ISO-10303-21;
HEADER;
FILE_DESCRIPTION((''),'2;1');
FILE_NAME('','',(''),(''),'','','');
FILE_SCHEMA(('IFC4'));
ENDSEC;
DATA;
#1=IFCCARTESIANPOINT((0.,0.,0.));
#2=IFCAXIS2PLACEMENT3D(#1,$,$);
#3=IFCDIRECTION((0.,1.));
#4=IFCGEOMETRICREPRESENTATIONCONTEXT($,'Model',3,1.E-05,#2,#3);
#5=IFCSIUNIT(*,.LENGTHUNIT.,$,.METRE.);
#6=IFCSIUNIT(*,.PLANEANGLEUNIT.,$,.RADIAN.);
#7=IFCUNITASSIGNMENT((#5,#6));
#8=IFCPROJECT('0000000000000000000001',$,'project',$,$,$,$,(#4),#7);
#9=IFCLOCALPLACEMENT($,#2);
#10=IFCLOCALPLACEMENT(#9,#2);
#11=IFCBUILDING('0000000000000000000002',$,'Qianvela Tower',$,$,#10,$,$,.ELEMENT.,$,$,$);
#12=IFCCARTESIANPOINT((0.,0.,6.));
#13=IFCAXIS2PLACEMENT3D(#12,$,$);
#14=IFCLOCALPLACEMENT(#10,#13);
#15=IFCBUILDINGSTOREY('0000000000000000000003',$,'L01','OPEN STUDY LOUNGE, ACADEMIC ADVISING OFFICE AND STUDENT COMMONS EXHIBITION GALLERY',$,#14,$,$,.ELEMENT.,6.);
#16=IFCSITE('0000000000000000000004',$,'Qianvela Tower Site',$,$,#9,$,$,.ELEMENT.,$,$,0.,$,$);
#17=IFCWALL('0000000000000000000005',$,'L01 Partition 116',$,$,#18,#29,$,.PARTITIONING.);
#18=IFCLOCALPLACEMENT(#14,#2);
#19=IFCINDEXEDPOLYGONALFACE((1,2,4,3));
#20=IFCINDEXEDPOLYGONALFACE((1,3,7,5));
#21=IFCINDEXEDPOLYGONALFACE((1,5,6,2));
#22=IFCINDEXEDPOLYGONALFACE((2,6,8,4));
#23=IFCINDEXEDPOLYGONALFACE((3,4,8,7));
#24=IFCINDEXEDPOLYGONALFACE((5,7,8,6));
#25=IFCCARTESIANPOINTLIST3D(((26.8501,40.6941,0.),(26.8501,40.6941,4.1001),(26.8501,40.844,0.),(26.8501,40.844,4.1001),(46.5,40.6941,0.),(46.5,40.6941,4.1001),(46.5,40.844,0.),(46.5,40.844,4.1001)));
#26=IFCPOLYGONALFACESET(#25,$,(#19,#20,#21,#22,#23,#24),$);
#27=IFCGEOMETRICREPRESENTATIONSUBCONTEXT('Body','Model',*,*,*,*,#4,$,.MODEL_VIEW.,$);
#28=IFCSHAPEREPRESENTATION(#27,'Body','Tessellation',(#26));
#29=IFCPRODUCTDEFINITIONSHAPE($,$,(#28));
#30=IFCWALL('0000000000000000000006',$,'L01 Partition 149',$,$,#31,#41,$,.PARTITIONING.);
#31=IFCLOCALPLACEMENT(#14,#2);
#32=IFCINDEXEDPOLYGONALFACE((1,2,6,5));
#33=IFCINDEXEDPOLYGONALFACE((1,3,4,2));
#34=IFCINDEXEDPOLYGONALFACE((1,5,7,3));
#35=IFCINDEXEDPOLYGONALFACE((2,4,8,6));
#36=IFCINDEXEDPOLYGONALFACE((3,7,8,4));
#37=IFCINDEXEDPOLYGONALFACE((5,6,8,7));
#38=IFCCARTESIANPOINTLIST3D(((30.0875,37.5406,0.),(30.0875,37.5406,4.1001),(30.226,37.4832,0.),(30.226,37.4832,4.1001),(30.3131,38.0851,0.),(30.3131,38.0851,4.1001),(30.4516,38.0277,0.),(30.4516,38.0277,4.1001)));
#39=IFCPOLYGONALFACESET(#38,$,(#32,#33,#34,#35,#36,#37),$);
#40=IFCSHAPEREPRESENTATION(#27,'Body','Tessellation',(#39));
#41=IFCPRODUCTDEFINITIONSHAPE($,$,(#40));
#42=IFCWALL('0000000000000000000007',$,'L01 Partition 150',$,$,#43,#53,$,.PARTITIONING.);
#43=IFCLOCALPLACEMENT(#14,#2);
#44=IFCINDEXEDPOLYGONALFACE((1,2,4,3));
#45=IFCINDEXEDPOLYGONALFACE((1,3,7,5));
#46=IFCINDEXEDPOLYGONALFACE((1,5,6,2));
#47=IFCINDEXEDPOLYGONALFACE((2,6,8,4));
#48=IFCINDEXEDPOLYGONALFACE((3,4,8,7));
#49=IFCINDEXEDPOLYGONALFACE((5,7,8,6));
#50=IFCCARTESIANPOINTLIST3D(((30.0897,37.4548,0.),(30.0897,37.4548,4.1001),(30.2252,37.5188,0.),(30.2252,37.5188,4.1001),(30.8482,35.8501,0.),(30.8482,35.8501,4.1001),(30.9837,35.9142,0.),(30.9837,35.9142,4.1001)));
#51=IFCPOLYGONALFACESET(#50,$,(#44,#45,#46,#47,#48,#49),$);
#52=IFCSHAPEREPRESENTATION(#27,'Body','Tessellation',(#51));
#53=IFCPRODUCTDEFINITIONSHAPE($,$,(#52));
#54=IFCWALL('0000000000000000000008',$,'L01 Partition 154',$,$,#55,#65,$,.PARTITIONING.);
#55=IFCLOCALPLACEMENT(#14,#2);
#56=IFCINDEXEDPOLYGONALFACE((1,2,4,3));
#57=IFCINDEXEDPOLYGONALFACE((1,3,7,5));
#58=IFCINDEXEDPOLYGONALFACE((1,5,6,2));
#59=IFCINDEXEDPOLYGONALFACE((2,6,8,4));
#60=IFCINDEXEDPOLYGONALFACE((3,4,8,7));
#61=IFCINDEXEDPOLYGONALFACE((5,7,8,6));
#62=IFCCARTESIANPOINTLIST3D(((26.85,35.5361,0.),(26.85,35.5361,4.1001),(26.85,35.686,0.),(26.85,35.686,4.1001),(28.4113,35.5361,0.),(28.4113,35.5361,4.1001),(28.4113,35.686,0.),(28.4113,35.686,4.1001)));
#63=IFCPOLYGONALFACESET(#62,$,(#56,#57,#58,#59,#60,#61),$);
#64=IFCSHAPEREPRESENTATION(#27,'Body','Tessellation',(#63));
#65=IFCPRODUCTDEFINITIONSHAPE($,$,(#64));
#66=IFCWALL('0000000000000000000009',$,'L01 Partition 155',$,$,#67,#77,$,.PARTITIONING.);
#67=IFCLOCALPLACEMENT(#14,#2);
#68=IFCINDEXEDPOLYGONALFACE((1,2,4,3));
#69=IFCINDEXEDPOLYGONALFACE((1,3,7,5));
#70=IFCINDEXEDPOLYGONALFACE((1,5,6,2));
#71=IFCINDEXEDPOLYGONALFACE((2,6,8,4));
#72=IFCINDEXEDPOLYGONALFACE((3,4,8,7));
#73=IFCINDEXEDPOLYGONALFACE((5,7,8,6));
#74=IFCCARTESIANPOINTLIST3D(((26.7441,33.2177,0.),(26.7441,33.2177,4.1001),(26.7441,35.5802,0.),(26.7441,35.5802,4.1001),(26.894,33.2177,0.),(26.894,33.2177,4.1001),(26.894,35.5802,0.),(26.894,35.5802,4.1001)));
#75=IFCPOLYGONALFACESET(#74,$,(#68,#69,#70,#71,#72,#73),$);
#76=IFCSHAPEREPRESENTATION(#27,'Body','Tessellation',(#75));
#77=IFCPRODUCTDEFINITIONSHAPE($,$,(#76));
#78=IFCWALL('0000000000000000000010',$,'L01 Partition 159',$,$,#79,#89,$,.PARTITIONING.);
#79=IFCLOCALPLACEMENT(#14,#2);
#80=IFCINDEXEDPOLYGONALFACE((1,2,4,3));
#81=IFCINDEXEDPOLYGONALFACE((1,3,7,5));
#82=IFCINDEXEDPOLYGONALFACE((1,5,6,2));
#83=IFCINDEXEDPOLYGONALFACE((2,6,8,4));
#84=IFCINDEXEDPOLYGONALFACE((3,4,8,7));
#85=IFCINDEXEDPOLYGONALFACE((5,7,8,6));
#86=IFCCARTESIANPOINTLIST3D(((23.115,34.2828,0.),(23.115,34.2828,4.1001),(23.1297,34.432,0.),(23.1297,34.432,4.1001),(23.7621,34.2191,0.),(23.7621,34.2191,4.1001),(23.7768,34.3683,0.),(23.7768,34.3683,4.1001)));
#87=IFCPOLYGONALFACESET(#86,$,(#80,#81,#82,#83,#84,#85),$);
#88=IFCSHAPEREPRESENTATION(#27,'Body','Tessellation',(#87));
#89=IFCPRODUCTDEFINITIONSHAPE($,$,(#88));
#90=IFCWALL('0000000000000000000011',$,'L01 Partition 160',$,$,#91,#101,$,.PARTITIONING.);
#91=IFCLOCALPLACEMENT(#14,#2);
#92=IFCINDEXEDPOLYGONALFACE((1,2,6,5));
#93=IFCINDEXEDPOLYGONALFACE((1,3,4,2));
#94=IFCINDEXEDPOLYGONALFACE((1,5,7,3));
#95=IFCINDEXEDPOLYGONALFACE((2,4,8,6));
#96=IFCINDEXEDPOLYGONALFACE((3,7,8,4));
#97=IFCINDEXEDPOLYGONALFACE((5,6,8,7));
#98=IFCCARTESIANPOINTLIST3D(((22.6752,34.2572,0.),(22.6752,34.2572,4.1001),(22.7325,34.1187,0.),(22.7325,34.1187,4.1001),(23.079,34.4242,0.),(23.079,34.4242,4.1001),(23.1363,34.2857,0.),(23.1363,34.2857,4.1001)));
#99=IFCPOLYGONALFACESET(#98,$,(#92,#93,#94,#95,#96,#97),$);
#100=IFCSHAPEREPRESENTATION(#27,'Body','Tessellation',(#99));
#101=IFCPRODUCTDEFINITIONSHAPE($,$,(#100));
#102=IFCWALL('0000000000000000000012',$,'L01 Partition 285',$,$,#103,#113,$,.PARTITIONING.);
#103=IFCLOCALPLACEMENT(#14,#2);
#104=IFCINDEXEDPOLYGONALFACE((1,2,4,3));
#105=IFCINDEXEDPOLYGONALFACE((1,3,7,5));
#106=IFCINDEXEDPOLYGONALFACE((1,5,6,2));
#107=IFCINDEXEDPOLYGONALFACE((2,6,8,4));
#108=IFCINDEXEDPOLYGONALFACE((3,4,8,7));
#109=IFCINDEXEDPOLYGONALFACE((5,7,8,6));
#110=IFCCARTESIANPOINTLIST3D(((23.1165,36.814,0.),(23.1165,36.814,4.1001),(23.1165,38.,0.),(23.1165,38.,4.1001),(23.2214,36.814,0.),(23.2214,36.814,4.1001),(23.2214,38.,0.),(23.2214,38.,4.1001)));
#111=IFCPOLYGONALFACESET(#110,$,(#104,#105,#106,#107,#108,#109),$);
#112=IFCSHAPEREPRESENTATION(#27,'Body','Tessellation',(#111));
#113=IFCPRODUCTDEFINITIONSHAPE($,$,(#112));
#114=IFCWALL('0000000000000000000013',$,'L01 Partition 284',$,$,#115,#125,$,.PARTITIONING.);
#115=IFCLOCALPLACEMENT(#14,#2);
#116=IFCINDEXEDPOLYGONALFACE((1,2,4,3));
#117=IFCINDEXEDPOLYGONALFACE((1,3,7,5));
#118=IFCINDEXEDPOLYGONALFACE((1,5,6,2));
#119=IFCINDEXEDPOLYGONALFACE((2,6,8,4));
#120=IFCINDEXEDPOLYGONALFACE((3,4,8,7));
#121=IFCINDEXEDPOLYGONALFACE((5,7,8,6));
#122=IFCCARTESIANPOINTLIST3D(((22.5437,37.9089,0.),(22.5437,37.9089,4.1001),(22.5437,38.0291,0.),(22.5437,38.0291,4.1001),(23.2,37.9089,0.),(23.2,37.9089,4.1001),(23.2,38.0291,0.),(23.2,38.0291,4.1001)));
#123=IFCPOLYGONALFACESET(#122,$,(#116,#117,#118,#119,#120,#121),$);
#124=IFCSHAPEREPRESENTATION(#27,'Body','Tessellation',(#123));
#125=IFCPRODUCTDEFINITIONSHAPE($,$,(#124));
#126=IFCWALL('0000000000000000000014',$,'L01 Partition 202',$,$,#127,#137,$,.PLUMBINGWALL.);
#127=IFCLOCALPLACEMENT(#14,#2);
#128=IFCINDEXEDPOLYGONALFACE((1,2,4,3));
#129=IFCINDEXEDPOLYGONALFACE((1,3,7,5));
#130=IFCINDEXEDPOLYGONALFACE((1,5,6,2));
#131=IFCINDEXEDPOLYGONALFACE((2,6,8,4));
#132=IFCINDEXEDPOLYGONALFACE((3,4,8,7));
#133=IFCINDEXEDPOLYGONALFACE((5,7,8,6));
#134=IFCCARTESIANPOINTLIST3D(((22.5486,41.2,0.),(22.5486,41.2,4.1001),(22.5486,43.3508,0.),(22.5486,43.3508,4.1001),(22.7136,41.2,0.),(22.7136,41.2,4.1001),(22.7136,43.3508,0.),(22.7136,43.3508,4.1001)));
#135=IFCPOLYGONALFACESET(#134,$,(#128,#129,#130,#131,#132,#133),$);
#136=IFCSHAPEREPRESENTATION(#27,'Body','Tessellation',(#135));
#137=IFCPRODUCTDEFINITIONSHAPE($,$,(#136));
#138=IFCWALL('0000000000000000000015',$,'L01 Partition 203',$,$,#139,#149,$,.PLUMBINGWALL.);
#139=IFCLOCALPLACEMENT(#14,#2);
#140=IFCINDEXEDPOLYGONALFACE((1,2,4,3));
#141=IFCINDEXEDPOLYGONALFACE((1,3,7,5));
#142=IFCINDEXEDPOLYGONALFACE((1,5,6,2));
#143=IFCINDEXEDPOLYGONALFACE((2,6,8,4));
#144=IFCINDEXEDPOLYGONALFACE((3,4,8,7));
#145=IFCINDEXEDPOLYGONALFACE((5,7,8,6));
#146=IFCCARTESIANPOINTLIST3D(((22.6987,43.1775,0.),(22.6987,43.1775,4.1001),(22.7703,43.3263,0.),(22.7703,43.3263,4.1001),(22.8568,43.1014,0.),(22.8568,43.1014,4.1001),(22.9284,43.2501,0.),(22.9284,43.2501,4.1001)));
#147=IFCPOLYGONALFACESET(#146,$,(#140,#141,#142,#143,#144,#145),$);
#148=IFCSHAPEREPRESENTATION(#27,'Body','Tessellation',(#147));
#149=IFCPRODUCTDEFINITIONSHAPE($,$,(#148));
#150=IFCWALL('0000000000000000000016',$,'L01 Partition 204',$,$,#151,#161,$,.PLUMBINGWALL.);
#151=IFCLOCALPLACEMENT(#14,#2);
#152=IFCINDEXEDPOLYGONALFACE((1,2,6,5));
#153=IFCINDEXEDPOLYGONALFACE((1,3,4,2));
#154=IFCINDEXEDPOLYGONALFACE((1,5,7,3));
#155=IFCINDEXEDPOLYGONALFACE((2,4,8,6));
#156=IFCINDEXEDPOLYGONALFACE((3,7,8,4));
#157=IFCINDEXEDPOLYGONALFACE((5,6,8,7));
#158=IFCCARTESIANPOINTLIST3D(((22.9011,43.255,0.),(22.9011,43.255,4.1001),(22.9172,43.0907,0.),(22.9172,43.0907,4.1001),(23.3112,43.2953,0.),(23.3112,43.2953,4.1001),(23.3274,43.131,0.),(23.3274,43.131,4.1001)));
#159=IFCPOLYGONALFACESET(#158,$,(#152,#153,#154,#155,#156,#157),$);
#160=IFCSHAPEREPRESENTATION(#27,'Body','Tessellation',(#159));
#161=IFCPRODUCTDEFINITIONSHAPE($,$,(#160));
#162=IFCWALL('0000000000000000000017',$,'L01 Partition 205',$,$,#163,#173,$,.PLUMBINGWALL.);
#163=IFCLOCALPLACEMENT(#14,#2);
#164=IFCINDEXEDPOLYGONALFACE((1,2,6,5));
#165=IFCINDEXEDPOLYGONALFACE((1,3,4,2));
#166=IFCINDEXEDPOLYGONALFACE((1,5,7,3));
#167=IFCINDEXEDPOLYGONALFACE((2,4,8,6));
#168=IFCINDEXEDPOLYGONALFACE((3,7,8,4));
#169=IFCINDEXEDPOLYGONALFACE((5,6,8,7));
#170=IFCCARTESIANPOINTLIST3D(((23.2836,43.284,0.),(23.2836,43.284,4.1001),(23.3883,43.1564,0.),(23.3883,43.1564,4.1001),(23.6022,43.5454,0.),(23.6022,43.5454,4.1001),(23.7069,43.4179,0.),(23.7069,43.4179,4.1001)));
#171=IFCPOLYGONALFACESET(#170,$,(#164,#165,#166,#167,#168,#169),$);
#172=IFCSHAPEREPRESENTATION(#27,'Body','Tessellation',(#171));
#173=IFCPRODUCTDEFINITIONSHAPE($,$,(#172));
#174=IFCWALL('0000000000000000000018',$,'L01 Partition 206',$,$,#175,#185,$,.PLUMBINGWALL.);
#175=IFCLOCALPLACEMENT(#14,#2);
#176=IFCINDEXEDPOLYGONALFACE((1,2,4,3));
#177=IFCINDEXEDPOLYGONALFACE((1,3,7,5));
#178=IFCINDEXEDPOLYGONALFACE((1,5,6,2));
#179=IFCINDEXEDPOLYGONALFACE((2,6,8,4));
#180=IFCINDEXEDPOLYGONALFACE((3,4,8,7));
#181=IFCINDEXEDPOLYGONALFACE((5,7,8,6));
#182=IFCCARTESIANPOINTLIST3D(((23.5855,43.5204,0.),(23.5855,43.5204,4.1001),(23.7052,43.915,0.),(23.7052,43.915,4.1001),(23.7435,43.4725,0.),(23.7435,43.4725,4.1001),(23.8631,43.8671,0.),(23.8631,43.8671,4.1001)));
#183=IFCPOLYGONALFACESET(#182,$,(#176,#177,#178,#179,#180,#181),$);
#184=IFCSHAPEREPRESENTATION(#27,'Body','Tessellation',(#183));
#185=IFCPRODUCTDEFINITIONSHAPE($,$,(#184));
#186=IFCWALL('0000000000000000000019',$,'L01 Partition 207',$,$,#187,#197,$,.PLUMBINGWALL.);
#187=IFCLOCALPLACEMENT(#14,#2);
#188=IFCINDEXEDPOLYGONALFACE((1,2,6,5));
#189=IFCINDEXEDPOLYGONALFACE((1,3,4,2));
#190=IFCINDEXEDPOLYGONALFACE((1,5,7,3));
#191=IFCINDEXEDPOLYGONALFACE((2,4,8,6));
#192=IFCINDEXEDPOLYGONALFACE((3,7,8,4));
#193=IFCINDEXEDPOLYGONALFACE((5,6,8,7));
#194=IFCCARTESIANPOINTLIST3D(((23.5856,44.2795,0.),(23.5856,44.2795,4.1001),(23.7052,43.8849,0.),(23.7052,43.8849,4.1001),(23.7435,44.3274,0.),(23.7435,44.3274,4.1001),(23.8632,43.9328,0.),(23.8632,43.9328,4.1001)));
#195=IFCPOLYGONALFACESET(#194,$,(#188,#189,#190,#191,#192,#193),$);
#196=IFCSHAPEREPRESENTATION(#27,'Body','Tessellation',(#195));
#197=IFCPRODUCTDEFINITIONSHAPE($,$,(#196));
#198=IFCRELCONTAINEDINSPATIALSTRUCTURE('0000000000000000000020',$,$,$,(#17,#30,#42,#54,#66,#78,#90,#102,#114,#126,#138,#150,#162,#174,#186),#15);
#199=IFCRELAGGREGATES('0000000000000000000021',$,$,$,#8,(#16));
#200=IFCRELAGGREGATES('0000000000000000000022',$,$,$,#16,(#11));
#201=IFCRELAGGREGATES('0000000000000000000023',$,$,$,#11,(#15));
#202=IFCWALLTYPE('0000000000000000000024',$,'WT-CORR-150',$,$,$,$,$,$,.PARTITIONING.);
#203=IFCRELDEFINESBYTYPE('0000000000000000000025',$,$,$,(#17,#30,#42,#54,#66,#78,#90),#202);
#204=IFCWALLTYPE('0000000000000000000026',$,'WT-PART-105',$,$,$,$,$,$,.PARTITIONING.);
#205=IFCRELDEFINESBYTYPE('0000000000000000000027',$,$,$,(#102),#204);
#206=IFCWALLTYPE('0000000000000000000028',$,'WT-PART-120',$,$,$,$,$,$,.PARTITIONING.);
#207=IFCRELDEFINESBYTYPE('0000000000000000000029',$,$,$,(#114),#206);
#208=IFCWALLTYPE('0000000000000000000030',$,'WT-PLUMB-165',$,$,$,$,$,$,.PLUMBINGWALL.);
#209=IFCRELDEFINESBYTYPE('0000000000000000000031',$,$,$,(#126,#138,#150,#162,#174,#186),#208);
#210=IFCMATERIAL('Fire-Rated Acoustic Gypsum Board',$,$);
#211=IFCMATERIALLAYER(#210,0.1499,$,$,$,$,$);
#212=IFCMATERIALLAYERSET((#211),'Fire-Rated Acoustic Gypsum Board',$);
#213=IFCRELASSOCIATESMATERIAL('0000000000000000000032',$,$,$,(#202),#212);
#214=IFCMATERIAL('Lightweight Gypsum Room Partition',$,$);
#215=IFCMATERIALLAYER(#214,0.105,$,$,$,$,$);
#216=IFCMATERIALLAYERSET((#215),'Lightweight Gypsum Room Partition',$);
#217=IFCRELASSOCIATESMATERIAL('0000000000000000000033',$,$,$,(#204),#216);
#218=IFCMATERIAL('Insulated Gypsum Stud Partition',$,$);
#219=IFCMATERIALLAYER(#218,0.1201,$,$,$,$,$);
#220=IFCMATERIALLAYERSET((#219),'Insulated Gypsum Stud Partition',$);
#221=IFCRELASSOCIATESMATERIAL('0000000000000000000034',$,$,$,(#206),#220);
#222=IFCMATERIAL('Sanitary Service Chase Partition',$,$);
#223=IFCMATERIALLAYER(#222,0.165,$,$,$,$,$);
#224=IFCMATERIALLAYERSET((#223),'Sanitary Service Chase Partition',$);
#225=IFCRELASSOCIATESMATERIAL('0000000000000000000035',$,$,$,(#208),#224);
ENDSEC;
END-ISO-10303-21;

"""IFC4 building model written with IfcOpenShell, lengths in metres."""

from ifc_helpers import new_model, si_unit, direction, frame, frame_2d, origin, place, context, subcontext, project, spatial, rectangle, extrude, material, layer, layer_set, type_object, element, save


model = new_model("IFC4")

# Units and contexts
model_context = context("Model", 3, precision=1e-05, world=origin(), true_north=direction((0.0, 1.0)))
body_context = subcontext(model_context, "Body", "Model", "MODEL_VIEW")
ifc_project = project(units=[si_unit("LENGTHUNIT", "METRE"), si_unit("PLANEANGLEUNIT", "RADIAN")], contexts=[model_context])

# Site, building, storey
site_placement = place(None, origin())
site = spatial("IfcSite", under=ifc_project, at=site_placement, Name="Qianvela Tower Site", CompositionType="ELEMENT", RefElevation=0.0)
building_placement = place(site_placement, origin())
building = spatial("IfcBuilding", under=site, at=building_placement, Name="Qianvela Tower", CompositionType="ELEMENT")
storey_placement = place(building_placement, frame((0.0, 0.0, 6.0)))
storey = spatial("IfcBuildingStorey", under=building, at=storey_placement, Name="L01", Description="OPEN STUDY LOUNGE, ACADEMIC ADVISING OFFICE AND STUDENT COMMONS EXHIBITION GALLERY", CompositionType="ELEMENT", Elevation=6.0)

# Shared definitions
ifc_material_1 = material(Name="Fire-Rated Acoustic Gypsum Board")
ifc_layer_1 = layer(ifc_material_1, 0.1499)
ifc_layer_set_1 = layer_set([ifc_layer_1], Name="Fire-Rated Acoustic Gypsum Board")
wall_type_1 = type_object("IfcWallType", Name="WT-CORR-150", PredefinedType="PARTITIONING", material=ifc_layer_set_1)

# Walls
wall_1_placement = place(storey_placement, frame((26.8501, 40.769, 0.0), z_axis=(0.0, 0.0, 1.0), x_axis=(1.0, 0.0, 0.0)))
element("IfcWall", 1, at=wall_1_placement, inside=storey, type_object=wall_type_1, Name="L01 Partition 116", PredefinedType="PARTITIONING", context=body_context, shape_type="SweptSolid", body=[
    extrude(rectangle(XDim=19.6499, YDim=0.1499, at=frame_2d((9.825, 0.0))), origin(), (0.0, 0.0, 1.0), 4.1001),
])
wall_2_placement = place(storey_placement, frame((30.3823, 38.0564, 0.0), z_axis=(0.0, 0.0, 1.0), x_axis=(-0.382791, -0.923835, 0.0)))
element("IfcWall", 2, at=wall_2_placement, inside=storey, type_object=wall_type_1, Name="L01 Partition 149", PredefinedType="PARTITIONING", context=body_context, shape_type="SweptSolid", body=[
    extrude(rectangle(XDim=0.5894, YDim=0.1499, at=frame_2d((0.2947, 0.0))), origin(), (0.0, 0.0, 1.0), 4.1001),
])
wall_3_placement = place(storey_placement, frame((30.1575, 37.4868, 0.0), z_axis=(0.0, 0.0, 1.0), x_axis=(0.427353, -0.904085, 0.0)))
element("IfcWall", 3, at=wall_3_placement, inside=storey, type_object=wall_type_1, Name="L01 Partition 150", PredefinedType="PARTITIONING", context=body_context, shape_type="SweptSolid", body=[
    extrude(rectangle(XDim=1.7749, YDim=0.1499, at=frame_2d((0.8875, 0.0))), origin(), (0.0, 0.0, 1.0), 4.1001),
])
wall_4_placement = place(storey_placement, frame((28.4114, 35.6111, 0.0), z_axis=(0.0, 0.0, 1.0), x_axis=(-1.0, 0.0, 0.0)))
element("IfcWall", 4, at=wall_4_placement, inside=storey, type_object=wall_type_1, Name="L01 Partition 154", PredefinedType="PARTITIONING", context=body_context, shape_type="SweptSolid", body=[
    extrude(rectangle(XDim=1.5613, YDim=0.1499, at=frame_2d((0.7808, 0.0))), origin(), (0.0, 0.0, 1.0), 4.1001),
])
wall_5_placement = place(storey_placement, frame((26.8191, 35.5801, 0.0), z_axis=(0.0, 0.0, 1.0), x_axis=(0.0, -1.0, 0.0)))
element("IfcWall", 5, at=wall_5_placement, inside=storey, type_object=wall_type_1, Name="L01 Partition 155", PredefinedType="PARTITIONING", context=body_context, shape_type="SweptSolid", body=[
    extrude(rectangle(XDim=2.3625, YDim=0.1499, at=frame_2d((1.1812, 0.0))), origin(), (0.0, 0.0, 1.0), 4.1001),
])
wall_6_placement = place(storey_placement, frame((23.7695, 34.2937, 0.0), z_axis=(0.0, 0.0, 1.0), x_axis=(-0.995185, 0.098016, 0.0)))
element("IfcWall", 6, at=wall_6_placement, inside=storey, type_object=wall_type_1, Name="L01 Partition 159", PredefinedType="PARTITIONING", context=body_context, shape_type="SweptSolid", body=[
    extrude(rectangle(XDim=0.6501, YDim=0.1499, at=frame_2d((0.3252, 0.0))), origin(), (0.0, 0.0, 1.0), 4.1001),
])
wall_7_placement = place(storey_placement, frame((23.1077, 34.355, 0.0), z_axis=(0.0, 0.0, 1.0), x_axis=(-0.924098, -0.382154, 0.0)))
element("IfcWall", 7, at=wall_7_placement, inside=storey, type_object=wall_type_1, Name="L01 Partition 160", PredefinedType="PARTITIONING", context=body_context, shape_type="SweptSolid", body=[
    extrude(rectangle(XDim=0.437, YDim=0.1499, at=frame_2d((0.2185, 0.0))), origin(), (0.0, 0.0, 1.0), 4.1001),
])
ifc_material_2 = material(Name="Lightweight Gypsum Room Partition")
ifc_layer_2 = layer(ifc_material_2, 0.105)
ifc_layer_set_2 = layer_set([ifc_layer_2], Name="Lightweight Gypsum Room Partition")
wall_type_2 = type_object("IfcWallType", Name="WT-PART-105", PredefinedType="PARTITIONING", material=ifc_layer_set_2)
wall_8_placement = place(storey_placement, frame((23.1689, 38.0, 0.0), z_axis=(0.0, 0.0, 1.0), x_axis=(0.0, -1.0, 0.0)))
element("IfcWall", 8, at=wall_8_placement, inside=storey, type_object=wall_type_2, Name="L01 Partition 285", PredefinedType="PARTITIONING", context=body_context, shape_type="SweptSolid", body=[
    extrude(rectangle(XDim=1.186, YDim=0.105, at=frame_2d((0.593, 0.0))), origin(), (0.0, 0.0, 1.0), 4.1001),
])
ifc_material_3 = material(Name="Insulated Gypsum Stud Partition")
ifc_layer_3 = layer(ifc_material_3, 0.1201)
ifc_layer_set_3 = layer_set([ifc_layer_3], Name="Insulated Gypsum Stud Partition")
wall_type_3 = type_object("IfcWallType", Name="WT-PART-120", PredefinedType="PARTITIONING", material=ifc_layer_set_3)
wall_9_placement = place(storey_placement, frame((22.5437, 37.969, 0.0), z_axis=(0.0, 0.0, 1.0), x_axis=(1.0, 0.0, 0.0)))
element("IfcWall", 9, at=wall_9_placement, inside=storey, type_object=wall_type_3, Name="L01 Partition 284", PredefinedType="PARTITIONING", context=body_context, shape_type="SweptSolid", body=[
    extrude(rectangle(XDim=0.6562, YDim=0.1201, at=frame_2d((0.3281, 0.0))), origin(), (0.0, 0.0, 1.0), 4.1001),
])
ifc_material_4 = material(Name="Sanitary Service Chase Partition")
ifc_layer_4 = layer(ifc_material_4, 0.165)
ifc_layer_set_4 = layer_set([ifc_layer_4], Name="Sanitary Service Chase Partition")
wall_type_4 = type_object("IfcWallType", Name="WT-PLUMB-165", PredefinedType="PLUMBINGWALL", material=ifc_layer_set_4)
wall_10_placement = place(storey_placement, frame((22.6311, 41.2, 0.0), z_axis=(0.0, 0.0, 1.0), x_axis=(0.0, 1.0, 0.0)))
element("IfcWall", 10, at=wall_10_placement, inside=storey, type_object=wall_type_4, Name="L01 Partition 202", PredefinedType="PLUMBINGWALL", context=body_context, shape_type="SweptSolid", body=[
    extrude(rectangle(XDim=2.1509, YDim=0.165, at=frame_2d((1.0754, 0.0))), origin(), (0.0, 0.0, 1.0), 4.1001),
])
wall_11_placement = place(storey_placement, frame((22.7344, 43.252, 0.0), z_axis=(0.0, 0.0, 1.0), x_axis=(0.901002, -0.433816, 0.0)))
element("IfcWall", 11, at=wall_11_placement, inside=storey, type_object=wall_type_4, Name="L01 Partition 203", PredefinedType="PLUMBINGWALL", context=body_context, shape_type="SweptSolid", body=[
    extrude(rectangle(XDim=0.1755, YDim=0.165, at=frame_2d((0.0879, 0.0))), origin(), (0.0, 0.0, 1.0), 4.1001),
])
for number, where, z_axis, x_axis, name in (
    (12, (22.9092, 43.1729, 0.0), (0.0, 0.0, 1.0), (0.995212, 0.097744, 0.0), "L01 Partition 204"),
    (13, (23.3359, 43.2202, 0.0), (0.0, 0.0, 1.0), (0.773006, 0.634398, 0.0), "L01 Partition 205"),
):
    element("IfcWall", number, at=place(storey_placement, frame(where, z_axis=z_axis, x_axis=x_axis)), inside=storey, type_object=wall_type_4, Name=name, PredefinedType="PLUMBINGWALL", context=body_context, shape_type="SweptSolid", body=[
        extrude(rectangle(XDim=0.4121, YDim=0.165, at=frame_2d((0.2061, 0.0))), origin(), (0.0, 0.0, 1.0), 4.1001),
    ])
for number, where, z_axis, x_axis, name in (
    (14, (23.6646, 43.4966, 0.0), (0.0, 0.0, 1.0), (0.290172, 0.956975, 0.0), "L01 Partition 206"),
    (15, (23.7842, 43.9089, 0.0), (0.0, 0.0, 1.0), (-0.290172, 0.956975, 0.0), "L01 Partition 207"),
):
    element("IfcWall", number, at=place(storey_placement, frame(where, z_axis=z_axis, x_axis=x_axis)), inside=storey, type_object=wall_type_4, Name=name, PredefinedType="PLUMBINGWALL", context=body_context, shape_type="SweptSolid", body=[
        extrude(rectangle(XDim=0.4124, YDim=0.165, at=frame_2d((0.2061, 0.0))), origin(), (0.0, 0.0, 1.0), 4.1001),
    ])

save(model, "model.ifc")
